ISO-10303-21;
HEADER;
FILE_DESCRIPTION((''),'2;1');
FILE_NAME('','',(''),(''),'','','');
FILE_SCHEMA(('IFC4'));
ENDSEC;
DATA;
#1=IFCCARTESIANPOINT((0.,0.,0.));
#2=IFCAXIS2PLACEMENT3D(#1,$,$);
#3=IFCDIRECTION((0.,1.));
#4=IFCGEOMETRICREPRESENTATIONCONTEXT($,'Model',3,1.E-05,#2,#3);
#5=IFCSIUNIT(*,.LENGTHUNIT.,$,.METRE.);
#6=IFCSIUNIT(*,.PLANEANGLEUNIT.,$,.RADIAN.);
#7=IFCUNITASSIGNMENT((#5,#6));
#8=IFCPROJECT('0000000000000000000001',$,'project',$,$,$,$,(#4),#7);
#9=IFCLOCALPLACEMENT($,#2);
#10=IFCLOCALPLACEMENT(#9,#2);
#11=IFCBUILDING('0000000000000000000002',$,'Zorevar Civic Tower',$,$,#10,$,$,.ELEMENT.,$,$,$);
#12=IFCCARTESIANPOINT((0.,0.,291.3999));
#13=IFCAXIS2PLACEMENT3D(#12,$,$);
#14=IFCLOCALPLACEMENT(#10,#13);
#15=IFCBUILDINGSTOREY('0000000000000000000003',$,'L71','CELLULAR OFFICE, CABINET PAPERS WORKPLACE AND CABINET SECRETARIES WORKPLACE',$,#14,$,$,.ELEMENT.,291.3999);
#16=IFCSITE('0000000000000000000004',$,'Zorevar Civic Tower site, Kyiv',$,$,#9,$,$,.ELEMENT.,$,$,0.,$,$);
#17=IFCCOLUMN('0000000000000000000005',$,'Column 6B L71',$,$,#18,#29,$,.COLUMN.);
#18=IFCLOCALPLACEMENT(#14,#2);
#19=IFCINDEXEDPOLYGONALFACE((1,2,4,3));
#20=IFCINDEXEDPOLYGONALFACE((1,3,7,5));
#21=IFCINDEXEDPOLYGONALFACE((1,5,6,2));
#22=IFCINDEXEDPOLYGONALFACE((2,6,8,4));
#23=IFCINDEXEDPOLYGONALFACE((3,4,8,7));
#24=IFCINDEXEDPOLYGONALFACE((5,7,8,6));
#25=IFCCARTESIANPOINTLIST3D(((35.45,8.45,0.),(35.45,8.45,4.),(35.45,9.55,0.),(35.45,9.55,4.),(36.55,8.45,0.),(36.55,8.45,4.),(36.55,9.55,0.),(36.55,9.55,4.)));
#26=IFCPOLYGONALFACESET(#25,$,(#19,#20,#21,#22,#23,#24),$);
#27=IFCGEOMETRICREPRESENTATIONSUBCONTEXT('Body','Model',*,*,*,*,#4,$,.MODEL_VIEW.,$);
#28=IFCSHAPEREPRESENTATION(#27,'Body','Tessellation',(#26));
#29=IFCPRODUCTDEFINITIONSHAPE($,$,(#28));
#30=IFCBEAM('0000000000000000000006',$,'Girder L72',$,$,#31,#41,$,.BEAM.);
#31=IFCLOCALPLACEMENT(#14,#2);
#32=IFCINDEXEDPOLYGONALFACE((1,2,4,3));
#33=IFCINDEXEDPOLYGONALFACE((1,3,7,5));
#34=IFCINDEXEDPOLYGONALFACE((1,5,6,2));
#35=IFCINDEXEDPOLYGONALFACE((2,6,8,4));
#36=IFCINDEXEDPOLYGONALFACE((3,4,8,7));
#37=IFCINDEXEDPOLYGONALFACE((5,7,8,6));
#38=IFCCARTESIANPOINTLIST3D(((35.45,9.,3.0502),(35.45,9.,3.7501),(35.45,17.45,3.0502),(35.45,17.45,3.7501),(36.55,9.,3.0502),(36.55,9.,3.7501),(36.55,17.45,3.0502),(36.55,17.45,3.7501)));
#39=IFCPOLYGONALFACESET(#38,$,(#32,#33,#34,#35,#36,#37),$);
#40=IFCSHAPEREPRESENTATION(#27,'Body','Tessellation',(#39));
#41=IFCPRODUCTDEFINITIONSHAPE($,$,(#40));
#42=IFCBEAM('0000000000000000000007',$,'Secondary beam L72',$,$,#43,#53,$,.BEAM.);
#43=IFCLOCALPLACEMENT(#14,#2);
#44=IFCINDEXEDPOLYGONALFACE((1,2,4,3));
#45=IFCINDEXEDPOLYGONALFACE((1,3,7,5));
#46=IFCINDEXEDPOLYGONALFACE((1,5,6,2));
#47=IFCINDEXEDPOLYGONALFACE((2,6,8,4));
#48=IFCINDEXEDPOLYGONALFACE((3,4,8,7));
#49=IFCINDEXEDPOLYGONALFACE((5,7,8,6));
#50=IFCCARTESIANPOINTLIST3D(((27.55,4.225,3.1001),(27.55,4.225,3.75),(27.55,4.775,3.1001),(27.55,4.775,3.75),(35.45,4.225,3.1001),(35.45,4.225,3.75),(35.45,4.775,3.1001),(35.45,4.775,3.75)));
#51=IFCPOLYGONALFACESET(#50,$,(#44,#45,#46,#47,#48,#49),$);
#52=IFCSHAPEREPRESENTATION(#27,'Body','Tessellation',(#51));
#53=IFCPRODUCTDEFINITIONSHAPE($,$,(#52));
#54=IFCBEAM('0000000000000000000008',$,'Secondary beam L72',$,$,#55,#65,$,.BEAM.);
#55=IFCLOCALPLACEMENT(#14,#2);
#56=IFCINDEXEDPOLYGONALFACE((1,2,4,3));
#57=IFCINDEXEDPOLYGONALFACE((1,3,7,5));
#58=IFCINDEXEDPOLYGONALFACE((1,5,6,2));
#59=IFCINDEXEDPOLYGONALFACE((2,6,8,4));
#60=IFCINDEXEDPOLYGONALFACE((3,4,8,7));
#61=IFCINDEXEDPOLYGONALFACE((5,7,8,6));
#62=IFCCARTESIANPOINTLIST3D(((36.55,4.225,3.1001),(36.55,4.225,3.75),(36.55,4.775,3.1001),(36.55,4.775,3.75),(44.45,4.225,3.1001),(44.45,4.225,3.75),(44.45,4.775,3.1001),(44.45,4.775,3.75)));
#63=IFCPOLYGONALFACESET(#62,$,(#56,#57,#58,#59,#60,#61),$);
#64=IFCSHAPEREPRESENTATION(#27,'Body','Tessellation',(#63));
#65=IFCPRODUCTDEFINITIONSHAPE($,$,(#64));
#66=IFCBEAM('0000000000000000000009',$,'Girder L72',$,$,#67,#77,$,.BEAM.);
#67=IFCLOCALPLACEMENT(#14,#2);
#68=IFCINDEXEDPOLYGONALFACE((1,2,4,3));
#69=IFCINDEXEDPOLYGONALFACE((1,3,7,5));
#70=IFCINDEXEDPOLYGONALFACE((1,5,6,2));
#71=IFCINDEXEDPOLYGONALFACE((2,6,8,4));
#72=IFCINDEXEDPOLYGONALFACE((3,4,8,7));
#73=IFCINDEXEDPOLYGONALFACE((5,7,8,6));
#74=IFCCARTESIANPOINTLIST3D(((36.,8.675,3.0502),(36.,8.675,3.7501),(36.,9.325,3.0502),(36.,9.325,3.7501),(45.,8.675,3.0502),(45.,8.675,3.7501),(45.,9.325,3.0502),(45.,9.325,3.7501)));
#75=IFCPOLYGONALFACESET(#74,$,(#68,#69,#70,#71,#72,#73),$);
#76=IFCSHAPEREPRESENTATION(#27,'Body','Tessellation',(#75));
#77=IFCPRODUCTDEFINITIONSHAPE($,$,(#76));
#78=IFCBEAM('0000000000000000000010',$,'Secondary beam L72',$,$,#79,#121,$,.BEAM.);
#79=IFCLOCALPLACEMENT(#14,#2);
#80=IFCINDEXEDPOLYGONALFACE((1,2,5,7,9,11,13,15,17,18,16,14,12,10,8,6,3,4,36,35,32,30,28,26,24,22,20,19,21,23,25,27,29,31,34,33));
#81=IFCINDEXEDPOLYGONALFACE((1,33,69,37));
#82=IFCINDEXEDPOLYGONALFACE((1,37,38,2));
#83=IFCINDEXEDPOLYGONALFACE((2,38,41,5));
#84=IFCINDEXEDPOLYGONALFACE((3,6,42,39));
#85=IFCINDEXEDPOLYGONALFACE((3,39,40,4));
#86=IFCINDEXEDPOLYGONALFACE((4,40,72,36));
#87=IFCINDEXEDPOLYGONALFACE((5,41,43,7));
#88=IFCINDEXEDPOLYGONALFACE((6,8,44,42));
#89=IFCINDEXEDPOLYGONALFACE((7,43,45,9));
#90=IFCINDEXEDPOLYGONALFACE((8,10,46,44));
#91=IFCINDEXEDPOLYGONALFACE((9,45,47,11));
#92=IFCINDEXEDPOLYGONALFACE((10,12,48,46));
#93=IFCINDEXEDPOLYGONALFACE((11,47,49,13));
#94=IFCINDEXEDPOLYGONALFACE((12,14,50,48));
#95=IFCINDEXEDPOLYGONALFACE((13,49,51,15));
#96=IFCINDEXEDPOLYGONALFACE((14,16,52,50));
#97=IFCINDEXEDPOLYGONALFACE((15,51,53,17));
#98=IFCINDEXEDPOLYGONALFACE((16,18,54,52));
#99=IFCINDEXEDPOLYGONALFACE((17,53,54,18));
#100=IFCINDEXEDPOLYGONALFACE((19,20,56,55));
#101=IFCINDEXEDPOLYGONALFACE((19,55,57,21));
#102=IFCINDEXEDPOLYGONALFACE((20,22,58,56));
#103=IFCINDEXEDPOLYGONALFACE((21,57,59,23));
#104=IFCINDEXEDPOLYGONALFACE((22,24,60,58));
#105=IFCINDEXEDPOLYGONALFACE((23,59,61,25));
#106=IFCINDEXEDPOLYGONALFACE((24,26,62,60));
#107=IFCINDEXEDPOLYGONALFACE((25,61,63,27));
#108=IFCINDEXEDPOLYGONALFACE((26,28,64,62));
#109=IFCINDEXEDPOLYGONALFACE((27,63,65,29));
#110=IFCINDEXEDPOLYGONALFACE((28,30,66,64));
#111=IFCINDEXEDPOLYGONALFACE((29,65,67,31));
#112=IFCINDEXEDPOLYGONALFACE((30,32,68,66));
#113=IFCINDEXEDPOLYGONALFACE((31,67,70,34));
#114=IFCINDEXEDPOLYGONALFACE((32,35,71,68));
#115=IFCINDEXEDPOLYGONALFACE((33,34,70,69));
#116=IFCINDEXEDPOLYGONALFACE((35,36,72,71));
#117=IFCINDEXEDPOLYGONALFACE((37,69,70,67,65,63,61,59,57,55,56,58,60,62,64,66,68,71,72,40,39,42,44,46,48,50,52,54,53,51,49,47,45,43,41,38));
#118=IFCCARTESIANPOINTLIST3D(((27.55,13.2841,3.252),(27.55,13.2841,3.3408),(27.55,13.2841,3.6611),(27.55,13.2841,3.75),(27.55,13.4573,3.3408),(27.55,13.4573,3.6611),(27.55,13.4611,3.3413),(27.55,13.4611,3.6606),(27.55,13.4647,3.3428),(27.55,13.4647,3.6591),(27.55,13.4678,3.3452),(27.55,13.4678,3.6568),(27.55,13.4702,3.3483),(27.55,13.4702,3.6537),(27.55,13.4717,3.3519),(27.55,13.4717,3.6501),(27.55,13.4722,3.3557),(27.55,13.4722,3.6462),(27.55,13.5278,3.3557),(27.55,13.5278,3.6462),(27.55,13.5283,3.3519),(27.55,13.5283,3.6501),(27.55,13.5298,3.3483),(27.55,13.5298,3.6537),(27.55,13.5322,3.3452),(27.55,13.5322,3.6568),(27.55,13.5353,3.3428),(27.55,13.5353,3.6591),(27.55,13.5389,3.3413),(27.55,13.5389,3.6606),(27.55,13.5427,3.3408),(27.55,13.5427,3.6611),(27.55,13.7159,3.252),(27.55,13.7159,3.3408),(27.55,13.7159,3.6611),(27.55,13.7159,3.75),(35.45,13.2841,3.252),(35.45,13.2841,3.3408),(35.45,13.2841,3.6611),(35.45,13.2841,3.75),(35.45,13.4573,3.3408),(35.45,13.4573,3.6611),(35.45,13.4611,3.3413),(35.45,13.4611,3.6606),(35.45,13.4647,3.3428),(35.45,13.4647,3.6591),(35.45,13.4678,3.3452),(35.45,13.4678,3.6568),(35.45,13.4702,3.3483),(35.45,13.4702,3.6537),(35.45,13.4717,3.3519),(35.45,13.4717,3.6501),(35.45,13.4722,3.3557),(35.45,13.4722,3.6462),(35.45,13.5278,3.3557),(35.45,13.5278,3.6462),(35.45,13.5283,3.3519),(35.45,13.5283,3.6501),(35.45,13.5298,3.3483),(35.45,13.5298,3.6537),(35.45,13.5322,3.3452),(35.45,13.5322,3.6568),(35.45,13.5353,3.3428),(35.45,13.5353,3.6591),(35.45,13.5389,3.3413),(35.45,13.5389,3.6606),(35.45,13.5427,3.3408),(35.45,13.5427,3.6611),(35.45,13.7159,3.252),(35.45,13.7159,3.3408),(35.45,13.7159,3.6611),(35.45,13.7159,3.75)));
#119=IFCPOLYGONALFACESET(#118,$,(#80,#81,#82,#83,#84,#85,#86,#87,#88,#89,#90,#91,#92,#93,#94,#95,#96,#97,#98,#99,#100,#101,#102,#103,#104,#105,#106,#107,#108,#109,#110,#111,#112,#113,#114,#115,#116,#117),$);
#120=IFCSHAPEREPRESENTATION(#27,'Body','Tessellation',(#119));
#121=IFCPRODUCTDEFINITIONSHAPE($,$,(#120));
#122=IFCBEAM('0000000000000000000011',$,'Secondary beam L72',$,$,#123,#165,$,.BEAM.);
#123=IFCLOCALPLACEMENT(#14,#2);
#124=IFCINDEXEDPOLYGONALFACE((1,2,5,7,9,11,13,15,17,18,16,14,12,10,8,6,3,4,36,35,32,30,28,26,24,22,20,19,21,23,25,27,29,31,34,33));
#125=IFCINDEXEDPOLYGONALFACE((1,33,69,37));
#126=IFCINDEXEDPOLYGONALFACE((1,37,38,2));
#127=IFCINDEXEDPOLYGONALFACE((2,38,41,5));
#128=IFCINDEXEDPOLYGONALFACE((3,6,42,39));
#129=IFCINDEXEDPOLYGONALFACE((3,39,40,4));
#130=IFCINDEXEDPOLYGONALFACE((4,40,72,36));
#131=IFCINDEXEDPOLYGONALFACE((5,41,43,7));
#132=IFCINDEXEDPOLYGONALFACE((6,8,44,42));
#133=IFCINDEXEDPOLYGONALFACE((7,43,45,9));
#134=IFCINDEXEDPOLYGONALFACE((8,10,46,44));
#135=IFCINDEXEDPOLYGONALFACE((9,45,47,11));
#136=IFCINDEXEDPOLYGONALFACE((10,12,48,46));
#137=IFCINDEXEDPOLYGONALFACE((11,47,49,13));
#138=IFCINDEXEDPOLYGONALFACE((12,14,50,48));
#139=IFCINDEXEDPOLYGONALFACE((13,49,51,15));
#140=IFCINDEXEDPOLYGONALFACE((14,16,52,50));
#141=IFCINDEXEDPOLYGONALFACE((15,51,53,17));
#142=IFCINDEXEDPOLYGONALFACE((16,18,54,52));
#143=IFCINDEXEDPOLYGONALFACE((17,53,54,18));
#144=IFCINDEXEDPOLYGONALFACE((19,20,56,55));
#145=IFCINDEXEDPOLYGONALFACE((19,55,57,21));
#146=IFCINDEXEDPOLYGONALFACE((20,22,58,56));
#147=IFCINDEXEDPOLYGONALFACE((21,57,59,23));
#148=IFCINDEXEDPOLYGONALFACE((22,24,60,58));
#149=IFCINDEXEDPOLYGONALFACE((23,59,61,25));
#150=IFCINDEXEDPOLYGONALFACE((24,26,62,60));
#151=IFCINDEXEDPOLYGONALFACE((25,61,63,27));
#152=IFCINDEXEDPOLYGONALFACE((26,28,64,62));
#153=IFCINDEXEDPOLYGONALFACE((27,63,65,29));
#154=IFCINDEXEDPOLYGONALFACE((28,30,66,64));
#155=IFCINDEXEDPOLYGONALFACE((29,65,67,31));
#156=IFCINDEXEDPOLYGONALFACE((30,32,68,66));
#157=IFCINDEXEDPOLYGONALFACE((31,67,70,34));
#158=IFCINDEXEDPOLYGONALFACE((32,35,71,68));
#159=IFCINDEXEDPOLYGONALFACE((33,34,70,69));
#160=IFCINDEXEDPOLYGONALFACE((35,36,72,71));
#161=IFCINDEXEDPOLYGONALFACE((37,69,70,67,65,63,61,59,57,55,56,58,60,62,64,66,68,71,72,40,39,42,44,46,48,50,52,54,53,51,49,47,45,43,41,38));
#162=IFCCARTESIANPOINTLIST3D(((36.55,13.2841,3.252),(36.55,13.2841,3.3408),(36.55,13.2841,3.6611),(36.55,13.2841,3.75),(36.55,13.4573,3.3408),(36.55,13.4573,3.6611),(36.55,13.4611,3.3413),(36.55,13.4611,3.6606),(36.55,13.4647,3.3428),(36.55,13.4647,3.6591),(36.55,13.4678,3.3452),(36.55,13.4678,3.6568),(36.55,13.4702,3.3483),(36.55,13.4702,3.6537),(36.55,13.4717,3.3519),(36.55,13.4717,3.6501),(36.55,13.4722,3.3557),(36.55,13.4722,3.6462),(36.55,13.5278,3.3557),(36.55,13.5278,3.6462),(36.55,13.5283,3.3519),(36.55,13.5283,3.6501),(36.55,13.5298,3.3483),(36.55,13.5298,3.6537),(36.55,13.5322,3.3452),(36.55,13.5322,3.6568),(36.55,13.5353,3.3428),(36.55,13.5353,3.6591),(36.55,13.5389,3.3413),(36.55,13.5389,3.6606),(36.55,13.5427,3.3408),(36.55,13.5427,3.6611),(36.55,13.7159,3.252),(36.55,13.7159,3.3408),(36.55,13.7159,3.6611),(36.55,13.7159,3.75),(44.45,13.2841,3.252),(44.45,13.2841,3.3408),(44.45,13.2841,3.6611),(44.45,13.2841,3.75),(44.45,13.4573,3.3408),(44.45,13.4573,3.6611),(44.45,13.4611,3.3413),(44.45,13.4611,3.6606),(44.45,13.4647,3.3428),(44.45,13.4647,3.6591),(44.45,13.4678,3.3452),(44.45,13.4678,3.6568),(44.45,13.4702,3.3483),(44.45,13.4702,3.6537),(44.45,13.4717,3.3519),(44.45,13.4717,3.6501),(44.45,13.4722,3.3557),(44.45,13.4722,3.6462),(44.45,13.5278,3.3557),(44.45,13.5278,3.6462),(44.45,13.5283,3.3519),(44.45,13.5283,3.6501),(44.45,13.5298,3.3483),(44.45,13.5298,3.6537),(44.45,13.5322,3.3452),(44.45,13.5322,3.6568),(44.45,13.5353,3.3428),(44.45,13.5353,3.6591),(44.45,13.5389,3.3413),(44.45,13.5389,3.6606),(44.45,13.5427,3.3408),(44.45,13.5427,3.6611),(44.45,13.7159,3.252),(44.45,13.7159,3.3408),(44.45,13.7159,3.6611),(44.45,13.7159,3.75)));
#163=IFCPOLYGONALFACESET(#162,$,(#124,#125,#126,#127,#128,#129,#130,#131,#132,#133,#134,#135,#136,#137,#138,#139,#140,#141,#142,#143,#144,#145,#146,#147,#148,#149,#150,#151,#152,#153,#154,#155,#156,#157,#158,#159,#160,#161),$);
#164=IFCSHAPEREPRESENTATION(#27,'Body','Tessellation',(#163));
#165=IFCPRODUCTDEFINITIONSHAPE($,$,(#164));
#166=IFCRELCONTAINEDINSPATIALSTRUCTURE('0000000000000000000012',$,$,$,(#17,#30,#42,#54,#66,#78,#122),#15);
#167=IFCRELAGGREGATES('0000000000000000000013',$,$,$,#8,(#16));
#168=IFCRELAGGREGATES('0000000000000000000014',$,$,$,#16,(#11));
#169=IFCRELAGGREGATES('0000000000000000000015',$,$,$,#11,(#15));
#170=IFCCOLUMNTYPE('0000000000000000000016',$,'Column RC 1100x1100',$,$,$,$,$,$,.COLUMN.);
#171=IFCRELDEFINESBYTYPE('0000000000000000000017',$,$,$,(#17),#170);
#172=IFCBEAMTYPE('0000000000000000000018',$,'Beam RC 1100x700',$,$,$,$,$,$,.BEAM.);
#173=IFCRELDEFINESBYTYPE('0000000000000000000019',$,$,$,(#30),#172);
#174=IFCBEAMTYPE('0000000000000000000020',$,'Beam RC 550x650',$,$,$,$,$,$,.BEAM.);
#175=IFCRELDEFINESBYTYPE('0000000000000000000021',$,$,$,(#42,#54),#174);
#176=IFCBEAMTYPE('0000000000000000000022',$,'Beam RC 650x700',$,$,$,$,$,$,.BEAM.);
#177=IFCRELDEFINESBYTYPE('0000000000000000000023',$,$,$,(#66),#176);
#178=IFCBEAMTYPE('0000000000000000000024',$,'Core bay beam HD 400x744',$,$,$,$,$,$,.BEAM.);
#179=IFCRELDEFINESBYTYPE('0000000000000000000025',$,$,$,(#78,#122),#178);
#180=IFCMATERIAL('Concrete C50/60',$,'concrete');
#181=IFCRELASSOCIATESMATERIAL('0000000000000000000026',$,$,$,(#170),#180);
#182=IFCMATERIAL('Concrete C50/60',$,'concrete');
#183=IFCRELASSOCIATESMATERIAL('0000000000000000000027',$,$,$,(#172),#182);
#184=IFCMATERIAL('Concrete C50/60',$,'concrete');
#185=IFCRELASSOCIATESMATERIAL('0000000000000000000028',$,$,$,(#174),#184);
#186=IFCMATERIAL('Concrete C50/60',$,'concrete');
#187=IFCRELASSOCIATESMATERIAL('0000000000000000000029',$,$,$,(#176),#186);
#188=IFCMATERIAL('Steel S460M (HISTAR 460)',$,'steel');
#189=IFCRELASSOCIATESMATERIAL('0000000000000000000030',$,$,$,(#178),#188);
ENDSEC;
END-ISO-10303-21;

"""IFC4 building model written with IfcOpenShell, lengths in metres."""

from ifc_helpers import new_model, si_unit, direction, frame, origin, origin_2d, place, context, subcontext, project, spatial, rectangle, i_section, extrude, material, material_profile, profile_set, type_object, element, save


model = new_model("IFC4")

# Units and contexts
model_context = context("Model", 3, precision=1e-05, world=origin(), true_north=direction((0.0, 1.0)))
body_context = subcontext(model_context, "Body", "Model", "MODEL_VIEW")
ifc_project = project(units=[si_unit("LENGTHUNIT", "METRE"), si_unit("PLANEANGLEUNIT", "RADIAN")], contexts=[model_context])

# Site, building, storey
site_placement = place(None, origin())
site = spatial("IfcSite", under=ifc_project, at=site_placement, Name="Zorevar Civic Tower site, Kyiv", CompositionType="ELEMENT", RefElevation=0.0)
building_placement = place(site_placement, origin())
building = spatial("IfcBuilding", under=site, at=building_placement, Name="Zorevar Civic Tower", CompositionType="ELEMENT")
storey_placement = place(building_placement, frame((0.0, 0.0, 291.3999)))
storey = spatial("IfcBuildingStorey", under=building, at=storey_placement, Name="L71", Description="CELLULAR OFFICE, CABINET PAPERS WORKPLACE AND CABINET SECRETARIES WORKPLACE", CompositionType="ELEMENT", Elevation=291.3999)

# Column
ifc_material_1 = material(Name="Concrete C50/60", Category="concrete")
ifc_material_profile_1 = material_profile(ifc_material_1, rectangle(XDim=1.1001, YDim=1.1001, at=origin_2d()), Name="RC 1100x1100")
ifc_profile_set_1 = profile_set([ifc_material_profile_1], Name="Concrete C50/60")
column_type = type_object("IfcColumnType", Name="Column RC 1100x1100", PredefinedType="COLUMN", material=ifc_profile_set_1)
column_placement = place(storey_placement, frame((36.0, 9.0, 0.0), z_axis=(0.0, 0.0, 1.0), x_axis=(1.0, 0.0, 0.0)))
element("IfcColumn", 1, at=column_placement, inside=storey, type_object=column_type, Name="Column 6B L71", PredefinedType="COLUMN", context=body_context, shape_type="SweptSolid", body=[
    extrude(rectangle(XDim=1.1001, YDim=1.1001, at=origin_2d()), origin(), (0.0, 0.0, 1.0), 4.0),
])

# Beams
ifc_material_2 = material(Name="Concrete C50/60", Category="concrete")
ifc_material_profile_2 = material_profile(ifc_material_2, rectangle(XDim=1.1001, YDim=0.7, at=origin_2d()), Name="RC 1100x700")
ifc_profile_set_2 = profile_set([ifc_material_profile_2], Name="Concrete C50/60")
beam_type_1 = type_object("IfcBeamType", Name="Beam RC 1100x700", PredefinedType="BEAM", material=ifc_profile_set_2)
beam_1_placement = place(storey_placement, frame((36.0, 9.0, 3.4001), z_axis=(0.0, 1.0, 0.0), x_axis=(-1.0, 0.0, 0.0)))
element("IfcBeam", 2, at=beam_1_placement, inside=storey, type_object=beam_type_1, Name="Girder L72", PredefinedType="BEAM", context=body_context, shape_type="SweptSolid", body=[
    extrude(rectangle(XDim=1.1001, YDim=0.7, at=origin_2d()), origin(), (0.0, 0.0, 1.0), 8.45),
])
ifc_material_3 = material(Name="Concrete C50/60", Category="concrete")
ifc_material_profile_3 = material_profile(ifc_material_3, rectangle(XDim=0.55, YDim=0.6499, at=origin_2d()), Name="RC 550x650")
ifc_profile_set_3 = profile_set([ifc_material_profile_3], Name="Concrete C50/60")
beam_type_2 = type_object("IfcBeamType", Name="Beam RC 550x650", PredefinedType="BEAM", material=ifc_profile_set_3)
for number, where, z_axis, x_axis, name in (
    (3, (27.55, 4.5, 3.425), (1.0, 0.0, 0.0), (0.0, 1.0, 0.0), "Secondary beam L72"),
    (4, (36.55, 4.5, 3.425), (1.0, 0.0, 0.0), (0.0, 1.0, 0.0), "Secondary beam L72"),
):
    element("IfcBeam", number, at=place(storey_placement, frame(where, z_axis=z_axis, x_axis=x_axis)), inside=storey, type_object=beam_type_2, Name=name, PredefinedType="BEAM", context=body_context, shape_type="SweptSolid", body=[
        extrude(rectangle(XDim=0.55, YDim=0.6499, at=origin_2d()), origin(), (0.0, 0.0, 1.0), 7.8999),
    ])
ifc_material_4 = material(Name="Concrete C50/60", Category="concrete")
ifc_material_profile_4 = material_profile(ifc_material_4, rectangle(XDim=0.6499, YDim=0.7, at=origin_2d()), Name="RC 650x700")
ifc_profile_set_4 = profile_set([ifc_material_profile_4], Name="Concrete C50/60")
beam_type_3 = type_object("IfcBeamType", Name="Beam RC 650x700", PredefinedType="BEAM", material=ifc_profile_set_4)
beam_2_placement = place(storey_placement, frame((36.0, 9.0, 3.4001), z_axis=(1.0, 0.0, 0.0), x_axis=(0.0, 1.0, 0.0)))
element("IfcBeam", 5, at=beam_2_placement, inside=storey, type_object=beam_type_3, Name="Girder L72", PredefinedType="BEAM", context=body_context, shape_type="SweptSolid", body=[
    extrude(rectangle(XDim=0.6499, YDim=0.7, at=origin_2d()), origin(), (0.0, 0.0, 1.0), 9.0),
])
ifc_material_5 = material(Name="Steel S460M (HISTAR 460)", Category="steel")
ifc_material_profile_5 = material_profile(ifc_material_5, i_section(OverallWidth=0.4319, OverallDepth=0.498, WebThickness=0.0557, FlangeThickness=0.0889, FilletRadius=0.0149, at=origin_2d()), Name="HD 400x744")
ifc_profile_set_5 = profile_set([ifc_material_profile_5], Name="Steel S460M (HISTAR 460)")
beam_type_4 = type_object("IfcBeamType", Name="Core bay beam HD 400x744", PredefinedType="BEAM", material=ifc_profile_set_5)
for number, where, z_axis, x_axis, name in (
    (6, (27.55, 13.5, 3.501), (1.0, 0.0, 0.0), (0.0, 1.0, 0.0), "Secondary beam L72"),
    (7, (36.55, 13.5, 3.501), (1.0, 0.0, 0.0), (0.0, 1.0, 0.0), "Secondary beam L72"),
):
    element("IfcBeam", number, at=place(storey_placement, frame(where, z_axis=z_axis, x_axis=x_axis)), inside=storey, type_object=beam_type_4, Name=name, PredefinedType="BEAM", context=body_context, shape_type="SweptSolid", body=[
        extrude(i_section(OverallWidth=0.4319, OverallDepth=0.498, WebThickness=0.0557, FlangeThickness=0.0889, FilletRadius=0.0149, at=origin_2d()), origin(), (0.0, 0.0, 1.0), 7.8999),
    ])

save(model, "model.ifc")
